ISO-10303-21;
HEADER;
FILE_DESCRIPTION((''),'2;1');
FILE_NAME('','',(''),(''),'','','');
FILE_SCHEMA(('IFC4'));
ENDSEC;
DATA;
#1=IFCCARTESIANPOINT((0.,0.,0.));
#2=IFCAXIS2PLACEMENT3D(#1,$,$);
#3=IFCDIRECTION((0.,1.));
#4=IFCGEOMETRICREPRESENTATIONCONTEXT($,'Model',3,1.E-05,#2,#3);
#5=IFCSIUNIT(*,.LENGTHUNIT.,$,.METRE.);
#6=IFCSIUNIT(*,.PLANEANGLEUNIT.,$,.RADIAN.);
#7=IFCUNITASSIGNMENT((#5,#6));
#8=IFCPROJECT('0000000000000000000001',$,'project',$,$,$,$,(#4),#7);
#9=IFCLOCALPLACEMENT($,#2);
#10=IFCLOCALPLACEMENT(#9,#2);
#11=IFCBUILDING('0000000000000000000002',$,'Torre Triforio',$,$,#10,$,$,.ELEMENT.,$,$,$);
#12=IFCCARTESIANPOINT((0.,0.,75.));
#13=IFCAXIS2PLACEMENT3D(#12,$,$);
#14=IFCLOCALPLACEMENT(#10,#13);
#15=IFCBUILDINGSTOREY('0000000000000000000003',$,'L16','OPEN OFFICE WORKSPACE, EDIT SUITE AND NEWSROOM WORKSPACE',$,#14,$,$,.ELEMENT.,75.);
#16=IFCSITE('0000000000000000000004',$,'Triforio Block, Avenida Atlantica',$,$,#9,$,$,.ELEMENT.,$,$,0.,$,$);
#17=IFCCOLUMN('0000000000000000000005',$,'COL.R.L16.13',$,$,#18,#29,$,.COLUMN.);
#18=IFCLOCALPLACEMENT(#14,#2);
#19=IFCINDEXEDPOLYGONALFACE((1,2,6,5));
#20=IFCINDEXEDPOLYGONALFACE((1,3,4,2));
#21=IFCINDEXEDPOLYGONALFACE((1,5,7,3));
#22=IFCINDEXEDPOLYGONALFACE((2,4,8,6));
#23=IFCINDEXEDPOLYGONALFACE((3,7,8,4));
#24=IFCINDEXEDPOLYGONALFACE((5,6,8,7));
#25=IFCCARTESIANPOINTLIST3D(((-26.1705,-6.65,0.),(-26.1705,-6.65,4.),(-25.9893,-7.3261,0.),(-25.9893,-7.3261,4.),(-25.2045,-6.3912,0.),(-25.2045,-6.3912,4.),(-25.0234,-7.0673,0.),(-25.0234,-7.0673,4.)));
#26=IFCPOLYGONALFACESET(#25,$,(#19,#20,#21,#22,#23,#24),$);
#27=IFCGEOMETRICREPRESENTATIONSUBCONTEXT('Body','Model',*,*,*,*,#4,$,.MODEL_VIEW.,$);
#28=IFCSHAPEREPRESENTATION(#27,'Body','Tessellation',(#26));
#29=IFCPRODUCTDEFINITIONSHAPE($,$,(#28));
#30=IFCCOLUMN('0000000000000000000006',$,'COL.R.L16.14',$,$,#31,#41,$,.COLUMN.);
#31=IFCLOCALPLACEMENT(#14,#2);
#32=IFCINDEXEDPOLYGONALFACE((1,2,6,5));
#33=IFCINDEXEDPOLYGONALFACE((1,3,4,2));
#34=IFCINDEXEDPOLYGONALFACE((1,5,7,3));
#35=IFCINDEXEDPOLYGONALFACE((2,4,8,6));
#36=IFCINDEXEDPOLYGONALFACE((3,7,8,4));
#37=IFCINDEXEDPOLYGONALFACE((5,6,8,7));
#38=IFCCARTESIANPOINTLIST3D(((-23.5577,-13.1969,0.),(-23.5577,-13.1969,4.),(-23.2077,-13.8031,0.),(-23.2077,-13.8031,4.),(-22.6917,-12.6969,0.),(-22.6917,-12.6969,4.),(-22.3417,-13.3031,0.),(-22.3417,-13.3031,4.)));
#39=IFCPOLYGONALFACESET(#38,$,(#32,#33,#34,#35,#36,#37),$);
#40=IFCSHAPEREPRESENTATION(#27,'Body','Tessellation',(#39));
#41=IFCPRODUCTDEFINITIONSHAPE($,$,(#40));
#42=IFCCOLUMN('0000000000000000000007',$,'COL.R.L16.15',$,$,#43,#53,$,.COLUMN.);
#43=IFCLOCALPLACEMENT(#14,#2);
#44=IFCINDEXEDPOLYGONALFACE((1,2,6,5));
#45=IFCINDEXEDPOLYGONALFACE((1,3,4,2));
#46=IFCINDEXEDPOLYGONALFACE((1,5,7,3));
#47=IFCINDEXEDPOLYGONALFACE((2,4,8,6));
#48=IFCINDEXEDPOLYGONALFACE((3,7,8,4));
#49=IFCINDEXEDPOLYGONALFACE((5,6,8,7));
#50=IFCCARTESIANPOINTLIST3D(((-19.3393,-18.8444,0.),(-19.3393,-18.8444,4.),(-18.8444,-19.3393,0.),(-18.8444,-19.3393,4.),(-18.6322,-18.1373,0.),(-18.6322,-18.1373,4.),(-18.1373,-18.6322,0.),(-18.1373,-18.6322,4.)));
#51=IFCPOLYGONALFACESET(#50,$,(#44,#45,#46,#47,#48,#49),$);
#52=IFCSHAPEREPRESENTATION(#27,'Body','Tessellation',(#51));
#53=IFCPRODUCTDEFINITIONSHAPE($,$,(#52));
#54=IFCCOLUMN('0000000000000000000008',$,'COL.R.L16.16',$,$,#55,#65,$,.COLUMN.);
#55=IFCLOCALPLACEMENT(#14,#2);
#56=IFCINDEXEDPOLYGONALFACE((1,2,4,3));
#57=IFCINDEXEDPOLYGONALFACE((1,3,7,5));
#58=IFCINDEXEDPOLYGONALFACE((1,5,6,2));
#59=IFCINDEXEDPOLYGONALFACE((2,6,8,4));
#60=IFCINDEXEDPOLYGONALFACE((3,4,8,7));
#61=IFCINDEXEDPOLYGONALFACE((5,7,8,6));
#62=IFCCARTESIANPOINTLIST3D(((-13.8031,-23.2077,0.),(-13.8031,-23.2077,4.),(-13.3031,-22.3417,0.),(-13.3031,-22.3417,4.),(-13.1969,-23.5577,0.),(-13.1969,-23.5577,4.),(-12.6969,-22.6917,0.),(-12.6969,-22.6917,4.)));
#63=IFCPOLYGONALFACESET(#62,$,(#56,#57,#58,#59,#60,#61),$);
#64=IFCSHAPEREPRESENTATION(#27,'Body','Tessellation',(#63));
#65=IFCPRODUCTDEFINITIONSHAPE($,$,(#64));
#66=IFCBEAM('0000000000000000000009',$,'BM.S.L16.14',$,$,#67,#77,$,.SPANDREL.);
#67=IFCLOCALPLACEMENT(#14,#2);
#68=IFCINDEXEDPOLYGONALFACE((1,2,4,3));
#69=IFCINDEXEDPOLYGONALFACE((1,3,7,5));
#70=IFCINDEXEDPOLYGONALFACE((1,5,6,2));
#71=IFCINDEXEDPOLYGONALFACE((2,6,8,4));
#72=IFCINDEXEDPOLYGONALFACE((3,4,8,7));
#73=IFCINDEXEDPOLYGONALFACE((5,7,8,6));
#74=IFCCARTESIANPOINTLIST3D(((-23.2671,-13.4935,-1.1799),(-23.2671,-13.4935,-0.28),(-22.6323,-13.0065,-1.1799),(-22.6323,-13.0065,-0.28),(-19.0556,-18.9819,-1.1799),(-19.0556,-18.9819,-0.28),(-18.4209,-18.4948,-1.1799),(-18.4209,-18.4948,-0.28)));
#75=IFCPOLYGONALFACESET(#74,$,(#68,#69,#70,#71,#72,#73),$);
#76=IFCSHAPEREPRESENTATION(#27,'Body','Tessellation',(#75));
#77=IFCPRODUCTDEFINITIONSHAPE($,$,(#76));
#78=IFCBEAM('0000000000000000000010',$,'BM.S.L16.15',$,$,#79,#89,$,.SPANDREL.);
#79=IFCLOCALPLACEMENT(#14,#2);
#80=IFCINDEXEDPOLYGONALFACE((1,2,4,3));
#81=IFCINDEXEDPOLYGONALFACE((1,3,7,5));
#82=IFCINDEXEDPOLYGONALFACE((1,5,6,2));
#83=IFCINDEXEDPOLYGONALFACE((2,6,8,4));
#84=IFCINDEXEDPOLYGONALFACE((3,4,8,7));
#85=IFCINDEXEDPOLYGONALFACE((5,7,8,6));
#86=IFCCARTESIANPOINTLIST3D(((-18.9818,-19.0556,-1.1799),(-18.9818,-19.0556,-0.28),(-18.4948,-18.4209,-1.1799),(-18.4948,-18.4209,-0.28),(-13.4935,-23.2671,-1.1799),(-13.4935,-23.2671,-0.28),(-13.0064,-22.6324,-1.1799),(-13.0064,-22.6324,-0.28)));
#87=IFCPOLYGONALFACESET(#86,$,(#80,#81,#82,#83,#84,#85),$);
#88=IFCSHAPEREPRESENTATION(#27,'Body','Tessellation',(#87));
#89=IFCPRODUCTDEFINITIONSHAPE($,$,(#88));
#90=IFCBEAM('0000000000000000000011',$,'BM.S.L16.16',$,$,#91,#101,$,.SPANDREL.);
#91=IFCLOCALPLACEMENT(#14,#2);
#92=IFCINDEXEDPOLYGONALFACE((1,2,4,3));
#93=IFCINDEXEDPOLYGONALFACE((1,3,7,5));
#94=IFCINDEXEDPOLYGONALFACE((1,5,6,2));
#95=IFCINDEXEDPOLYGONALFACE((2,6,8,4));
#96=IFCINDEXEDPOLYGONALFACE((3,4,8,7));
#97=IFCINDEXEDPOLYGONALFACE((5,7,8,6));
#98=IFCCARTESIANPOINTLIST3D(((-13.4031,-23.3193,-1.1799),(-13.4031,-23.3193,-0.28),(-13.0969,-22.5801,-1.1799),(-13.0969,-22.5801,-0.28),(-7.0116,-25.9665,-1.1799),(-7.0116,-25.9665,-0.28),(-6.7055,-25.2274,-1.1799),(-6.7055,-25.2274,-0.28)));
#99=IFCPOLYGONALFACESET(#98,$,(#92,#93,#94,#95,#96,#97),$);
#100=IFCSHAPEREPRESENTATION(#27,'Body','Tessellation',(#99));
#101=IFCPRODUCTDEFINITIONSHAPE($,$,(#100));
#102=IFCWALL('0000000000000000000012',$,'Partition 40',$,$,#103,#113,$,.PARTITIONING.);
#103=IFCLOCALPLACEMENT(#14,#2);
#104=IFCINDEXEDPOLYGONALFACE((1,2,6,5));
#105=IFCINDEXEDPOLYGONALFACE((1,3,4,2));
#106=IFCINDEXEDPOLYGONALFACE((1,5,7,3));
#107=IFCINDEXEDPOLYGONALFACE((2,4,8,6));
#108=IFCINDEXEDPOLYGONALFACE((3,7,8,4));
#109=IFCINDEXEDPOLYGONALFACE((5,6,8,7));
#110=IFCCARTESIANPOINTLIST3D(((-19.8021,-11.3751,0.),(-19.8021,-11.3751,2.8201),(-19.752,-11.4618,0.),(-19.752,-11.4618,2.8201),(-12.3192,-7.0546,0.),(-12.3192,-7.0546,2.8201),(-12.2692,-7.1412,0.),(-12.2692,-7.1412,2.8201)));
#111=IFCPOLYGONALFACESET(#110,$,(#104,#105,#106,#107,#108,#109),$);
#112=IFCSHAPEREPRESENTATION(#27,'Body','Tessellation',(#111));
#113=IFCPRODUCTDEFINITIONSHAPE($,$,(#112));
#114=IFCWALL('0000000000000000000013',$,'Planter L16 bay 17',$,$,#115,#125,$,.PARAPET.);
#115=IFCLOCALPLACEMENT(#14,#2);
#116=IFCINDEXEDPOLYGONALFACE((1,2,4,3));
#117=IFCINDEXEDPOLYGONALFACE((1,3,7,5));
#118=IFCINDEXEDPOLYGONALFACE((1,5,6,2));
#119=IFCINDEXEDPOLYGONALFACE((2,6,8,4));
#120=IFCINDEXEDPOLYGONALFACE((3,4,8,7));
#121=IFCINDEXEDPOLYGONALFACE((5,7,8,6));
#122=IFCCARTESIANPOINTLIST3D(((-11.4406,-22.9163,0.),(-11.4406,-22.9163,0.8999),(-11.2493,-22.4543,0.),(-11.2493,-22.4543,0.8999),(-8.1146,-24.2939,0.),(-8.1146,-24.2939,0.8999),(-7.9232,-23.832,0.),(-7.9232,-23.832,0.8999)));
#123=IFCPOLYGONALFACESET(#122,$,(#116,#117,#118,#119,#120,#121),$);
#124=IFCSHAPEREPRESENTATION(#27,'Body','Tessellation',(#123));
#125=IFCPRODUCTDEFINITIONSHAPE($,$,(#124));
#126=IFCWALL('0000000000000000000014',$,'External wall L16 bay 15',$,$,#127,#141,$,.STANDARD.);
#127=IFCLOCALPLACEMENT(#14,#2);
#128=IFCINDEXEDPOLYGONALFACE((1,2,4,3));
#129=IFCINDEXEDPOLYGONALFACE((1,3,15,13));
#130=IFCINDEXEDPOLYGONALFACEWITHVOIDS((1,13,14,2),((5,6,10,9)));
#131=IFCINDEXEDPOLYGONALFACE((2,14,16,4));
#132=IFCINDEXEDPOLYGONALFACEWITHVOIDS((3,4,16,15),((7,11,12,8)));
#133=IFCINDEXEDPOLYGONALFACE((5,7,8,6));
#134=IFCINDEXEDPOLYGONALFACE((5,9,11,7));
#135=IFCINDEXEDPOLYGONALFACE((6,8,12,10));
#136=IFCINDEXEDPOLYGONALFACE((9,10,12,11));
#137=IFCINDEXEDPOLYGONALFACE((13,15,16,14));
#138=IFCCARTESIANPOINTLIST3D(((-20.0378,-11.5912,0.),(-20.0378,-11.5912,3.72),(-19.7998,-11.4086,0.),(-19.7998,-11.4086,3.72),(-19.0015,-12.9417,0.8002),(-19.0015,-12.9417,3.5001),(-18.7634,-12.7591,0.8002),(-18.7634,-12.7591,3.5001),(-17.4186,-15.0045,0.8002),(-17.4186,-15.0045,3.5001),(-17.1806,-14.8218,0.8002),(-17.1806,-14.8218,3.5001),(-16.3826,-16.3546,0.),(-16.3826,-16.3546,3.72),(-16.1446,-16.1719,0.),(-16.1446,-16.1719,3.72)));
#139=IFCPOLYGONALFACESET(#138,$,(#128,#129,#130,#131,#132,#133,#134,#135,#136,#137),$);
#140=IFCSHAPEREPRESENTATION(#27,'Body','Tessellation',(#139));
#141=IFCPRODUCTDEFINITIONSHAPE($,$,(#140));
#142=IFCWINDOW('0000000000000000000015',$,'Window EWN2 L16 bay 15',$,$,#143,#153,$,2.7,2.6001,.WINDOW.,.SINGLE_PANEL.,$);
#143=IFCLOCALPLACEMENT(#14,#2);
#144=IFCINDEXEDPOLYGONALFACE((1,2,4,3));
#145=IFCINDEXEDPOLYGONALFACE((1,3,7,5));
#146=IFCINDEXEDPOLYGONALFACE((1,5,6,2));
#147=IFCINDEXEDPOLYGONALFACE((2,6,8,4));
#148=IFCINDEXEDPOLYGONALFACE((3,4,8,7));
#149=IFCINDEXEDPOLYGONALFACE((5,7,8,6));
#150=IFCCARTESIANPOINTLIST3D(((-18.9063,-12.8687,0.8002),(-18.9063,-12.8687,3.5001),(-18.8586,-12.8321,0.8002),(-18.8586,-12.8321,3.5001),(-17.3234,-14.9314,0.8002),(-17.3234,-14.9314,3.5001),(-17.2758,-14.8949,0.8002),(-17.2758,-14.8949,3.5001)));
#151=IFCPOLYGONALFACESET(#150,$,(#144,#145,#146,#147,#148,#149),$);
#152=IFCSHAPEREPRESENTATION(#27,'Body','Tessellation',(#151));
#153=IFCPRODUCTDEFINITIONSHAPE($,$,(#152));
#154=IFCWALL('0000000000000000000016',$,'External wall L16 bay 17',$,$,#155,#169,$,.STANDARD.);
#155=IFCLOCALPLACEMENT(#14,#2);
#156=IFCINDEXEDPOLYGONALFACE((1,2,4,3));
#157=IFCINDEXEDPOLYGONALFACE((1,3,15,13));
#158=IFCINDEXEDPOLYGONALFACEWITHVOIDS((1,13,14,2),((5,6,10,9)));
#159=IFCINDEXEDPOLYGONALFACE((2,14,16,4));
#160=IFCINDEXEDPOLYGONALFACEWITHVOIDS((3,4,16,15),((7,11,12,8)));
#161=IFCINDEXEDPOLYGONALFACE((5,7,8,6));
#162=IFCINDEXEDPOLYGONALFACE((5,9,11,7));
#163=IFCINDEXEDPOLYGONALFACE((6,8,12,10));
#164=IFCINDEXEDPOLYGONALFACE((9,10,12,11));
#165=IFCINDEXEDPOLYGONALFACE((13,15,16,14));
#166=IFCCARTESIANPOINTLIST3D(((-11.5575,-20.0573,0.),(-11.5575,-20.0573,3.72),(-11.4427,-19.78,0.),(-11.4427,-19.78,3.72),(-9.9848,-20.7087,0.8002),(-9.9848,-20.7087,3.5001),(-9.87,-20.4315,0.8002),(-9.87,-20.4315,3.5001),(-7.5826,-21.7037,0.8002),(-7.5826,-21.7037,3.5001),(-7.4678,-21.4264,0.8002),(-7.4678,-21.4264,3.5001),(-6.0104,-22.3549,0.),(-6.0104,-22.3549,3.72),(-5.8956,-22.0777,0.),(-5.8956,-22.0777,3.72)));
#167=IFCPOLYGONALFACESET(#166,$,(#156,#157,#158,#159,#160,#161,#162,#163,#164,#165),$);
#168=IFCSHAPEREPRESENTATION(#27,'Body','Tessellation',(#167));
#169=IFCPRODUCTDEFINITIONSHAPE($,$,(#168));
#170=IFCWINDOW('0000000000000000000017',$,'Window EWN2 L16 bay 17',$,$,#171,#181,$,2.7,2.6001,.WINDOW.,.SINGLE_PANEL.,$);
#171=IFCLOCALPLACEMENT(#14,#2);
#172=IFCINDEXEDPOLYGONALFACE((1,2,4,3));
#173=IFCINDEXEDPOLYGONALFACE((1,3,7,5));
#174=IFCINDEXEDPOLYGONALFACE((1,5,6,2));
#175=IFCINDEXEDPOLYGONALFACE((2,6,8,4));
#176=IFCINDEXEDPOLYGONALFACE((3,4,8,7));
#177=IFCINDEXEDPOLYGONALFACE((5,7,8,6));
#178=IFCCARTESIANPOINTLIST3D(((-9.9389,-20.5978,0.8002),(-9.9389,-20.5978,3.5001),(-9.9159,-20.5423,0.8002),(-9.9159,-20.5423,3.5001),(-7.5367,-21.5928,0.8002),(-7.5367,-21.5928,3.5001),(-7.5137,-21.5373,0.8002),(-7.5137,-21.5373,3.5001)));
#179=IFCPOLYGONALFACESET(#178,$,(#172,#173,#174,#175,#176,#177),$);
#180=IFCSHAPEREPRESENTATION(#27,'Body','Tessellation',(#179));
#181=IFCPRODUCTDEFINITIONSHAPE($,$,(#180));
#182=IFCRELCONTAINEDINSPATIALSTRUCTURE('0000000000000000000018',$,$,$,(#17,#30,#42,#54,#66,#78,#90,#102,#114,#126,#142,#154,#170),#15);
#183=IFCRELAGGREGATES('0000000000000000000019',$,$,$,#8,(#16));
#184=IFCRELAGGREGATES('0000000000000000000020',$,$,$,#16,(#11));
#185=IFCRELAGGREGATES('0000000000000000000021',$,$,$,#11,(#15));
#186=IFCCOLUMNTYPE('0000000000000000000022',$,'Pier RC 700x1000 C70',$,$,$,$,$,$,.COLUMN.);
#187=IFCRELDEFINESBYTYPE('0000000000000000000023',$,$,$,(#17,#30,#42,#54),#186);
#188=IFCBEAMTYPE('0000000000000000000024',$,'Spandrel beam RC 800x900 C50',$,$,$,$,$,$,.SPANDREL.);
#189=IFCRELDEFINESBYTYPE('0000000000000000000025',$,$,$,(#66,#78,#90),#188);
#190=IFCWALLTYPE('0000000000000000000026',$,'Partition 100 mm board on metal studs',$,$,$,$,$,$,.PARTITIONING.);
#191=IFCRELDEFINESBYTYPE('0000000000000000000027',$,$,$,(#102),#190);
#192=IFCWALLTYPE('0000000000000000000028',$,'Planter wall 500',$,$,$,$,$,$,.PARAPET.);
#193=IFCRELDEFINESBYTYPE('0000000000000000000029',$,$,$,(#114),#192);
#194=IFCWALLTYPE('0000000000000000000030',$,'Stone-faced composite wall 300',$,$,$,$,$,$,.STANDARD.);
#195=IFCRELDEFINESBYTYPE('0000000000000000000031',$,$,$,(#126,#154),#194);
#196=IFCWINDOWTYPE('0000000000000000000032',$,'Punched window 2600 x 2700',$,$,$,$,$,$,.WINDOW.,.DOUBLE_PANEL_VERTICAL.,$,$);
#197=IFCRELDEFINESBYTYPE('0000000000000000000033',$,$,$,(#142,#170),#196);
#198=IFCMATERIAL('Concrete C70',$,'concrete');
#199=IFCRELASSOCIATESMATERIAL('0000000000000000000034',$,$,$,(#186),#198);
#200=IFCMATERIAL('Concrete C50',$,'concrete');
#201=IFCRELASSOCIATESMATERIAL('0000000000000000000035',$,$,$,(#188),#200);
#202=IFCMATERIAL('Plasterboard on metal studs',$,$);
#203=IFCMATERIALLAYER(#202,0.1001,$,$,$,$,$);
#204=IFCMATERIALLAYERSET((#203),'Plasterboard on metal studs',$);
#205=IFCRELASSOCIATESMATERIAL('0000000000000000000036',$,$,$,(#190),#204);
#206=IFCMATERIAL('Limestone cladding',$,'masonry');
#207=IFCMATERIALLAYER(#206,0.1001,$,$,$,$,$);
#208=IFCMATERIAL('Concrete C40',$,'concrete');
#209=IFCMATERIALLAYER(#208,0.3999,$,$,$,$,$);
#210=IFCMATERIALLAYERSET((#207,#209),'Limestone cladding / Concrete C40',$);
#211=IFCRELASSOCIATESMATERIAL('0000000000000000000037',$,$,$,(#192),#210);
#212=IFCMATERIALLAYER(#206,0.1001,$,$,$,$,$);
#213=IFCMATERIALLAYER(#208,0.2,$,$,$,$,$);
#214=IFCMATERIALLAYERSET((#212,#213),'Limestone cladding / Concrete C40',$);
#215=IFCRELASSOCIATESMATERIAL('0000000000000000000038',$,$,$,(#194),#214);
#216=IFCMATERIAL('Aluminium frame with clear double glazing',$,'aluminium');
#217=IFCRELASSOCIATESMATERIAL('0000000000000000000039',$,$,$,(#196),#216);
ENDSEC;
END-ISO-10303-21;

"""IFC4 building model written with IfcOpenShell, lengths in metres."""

from ifc_helpers import new_model, si_unit, direction, frame, frame_2d, origin, origin_2d, place, context, subcontext, project, spatial, rectangle, extrude, material, layer, layer_set, material_profile, profile_set, type_object, element, fill, save


model = new_model("IFC4")

# Units and contexts
model_context = context("Model", 3, precision=1e-05, world=origin(), true_north=direction((0.0, 1.0)))
body_context = subcontext(model_context, "Body", "Model", "MODEL_VIEW")
ifc_project = project(units=[si_unit("LENGTHUNIT", "METRE"), si_unit("PLANEANGLEUNIT", "RADIAN")], contexts=[model_context])

# Site, building, storey
site_placement = place(None, origin())
site = spatial("IfcSite", under=ifc_project, at=site_placement, Name="Triforio Block, Avenida Atlantica", CompositionType="ELEMENT", RefElevation=0.0)
building_placement = place(site_placement, origin())
building = spatial("IfcBuilding", under=site, at=building_placement, Name="Torre Triforio", CompositionType="ELEMENT")
storey_placement = place(building_placement, frame((0.0, 0.0, 75.0)))
storey = spatial("IfcBuildingStorey", under=building, at=storey_placement, Name="L16", Description="OPEN OFFICE WORKSPACE, EDIT SUITE AND NEWSROOM WORKSPACE", CompositionType="ELEMENT", Elevation=75.0)

# Columns
ifc_material_1 = material(Name="Concrete C70", Category="concrete")
ifc_material_profile_1 = material_profile(ifc_material_1, rectangle(XDim=0.7, YDim=1.0, at=origin_2d()), Name="RC 700x1000")
ifc_profile_set_1 = profile_set([ifc_material_profile_1], Name="Concrete C70")
column_type = type_object("IfcColumnType", Name="Pier RC 700x1000 C70", PredefinedType="COLUMN", material=ifc_profile_set_1)
for number, where, z_axis, x_axis, name in (
    (1, (-25.5969, -6.8586, 0.0), (0.0, 0.0, 1.0), (0.258819, -0.965926, 0.0), "COL.R.L16.13"),
    (2, (-22.9497, -13.25, 0.0), (0.0, 0.0, 1.0), (0.5, -0.866025, 0.0), "COL.R.L16.14"),
    (3, (-18.7383, -18.7383, 0.0), (0.0, 0.0, 1.0), (0.707107, -0.707107, 0.0), "COL.R.L16.15"),
    (4, (-13.25, -22.9497, 0.0), (0.0, 0.0, 1.0), (0.866025, -0.5, 0.0), "COL.R.L16.16"),
):
    element("IfcColumn", number, at=place(storey_placement, frame(where, z_axis=z_axis, x_axis=x_axis)), inside=storey, type_object=column_type, Name=name, PredefinedType="COLUMN", context=body_context, shape_type="SweptSolid", body=[
        extrude(rectangle(XDim=0.7, YDim=1.0, at=origin_2d()), origin(), (0.0, 0.0, 1.0), 4.0),
    ])

# Beams
ifc_material_2 = material(Name="Concrete C50", Category="concrete")
ifc_material_profile_2 = material_profile(ifc_material_2, rectangle(XDim=0.8, YDim=0.8999, at=origin_2d()), Name="RC 800x900")
ifc_profile_set_2 = profile_set([ifc_material_profile_2], Name="Concrete C50")
beam_type = type_object("IfcBeamType", Name="Spandrel beam RC 800x900 C50", PredefinedType="SPANDREL", material=ifc_profile_set_2)
for number, where, z_axis, x_axis, name in (
    (5, (-22.9497, -13.25, -0.73), (0.608772, -0.793345, 0.0), (0.793345, 0.608772, 0.0), "BM.S.L16.14"),
    (6, (-18.7383, -18.7383, -0.73), (0.793345, -0.608772, 0.0), (0.608772, 0.793345, 0.0), "BM.S.L16.15"),
    (7, (-13.25, -22.9497, -0.73), (0.923888, -0.382662, 0.0), (0.382662, 0.923888, 0.0), "BM.S.L16.16"),
):
    element("IfcBeam", number, at=place(storey_placement, frame(where, z_axis=z_axis, x_axis=x_axis)), inside=storey, type_object=beam_type, Name=name, PredefinedType="SPANDREL", context=body_context, shape_type="SweptSolid", body=[
        extrude(rectangle(XDim=0.8, YDim=0.8999, at=origin_2d()), origin(), (0.0, 0.0, 1.0), 6.918),
    ])

# Walls
ifc_material_3 = material(Name="Plasterboard on metal studs")
ifc_layer_1 = layer(ifc_material_3, 0.1001)
ifc_layer_set_1 = layer_set([ifc_layer_1], Name="Plasterboard on metal studs")
wall_type_1 = type_object("IfcWallType", Name="Partition 100 mm board on metal studs", PredefinedType="PARTITIONING", material=ifc_layer_set_1)
wall_1_placement = place(storey_placement, frame((-12.2942, -7.0979, 0.0), z_axis=(0.0, 0.0, 1.0), x_axis=(-0.866011, -0.500026, 0.0)))
element("IfcWall", 8, at=wall_1_placement, inside=storey, type_object=wall_type_1, Name="Partition 40", PredefinedType="PARTITIONING", context=body_context, shape_type="SweptSolid", body=[
    extrude(rectangle(XDim=8.6406, YDim=0.1001, at=frame_2d((4.3203, 0.0))), origin(), (0.0, 0.0, 1.0), 2.8201),
])
ifc_material_4 = material(Name="Limestone cladding", Category="masonry")
ifc_layer_2 = layer(ifc_material_4, 0.1001)
ifc_material_5 = material(Name="Concrete C40", Category="concrete")
ifc_layer_3 = layer(ifc_material_5, 0.3999)
ifc_layer_set_2 = layer_set([ifc_layer_2, ifc_layer_3], Name="Limestone cladding / Concrete C40")
wall_type_2 = type_object("IfcWallType", Name="Planter wall 500", PredefinedType="PARAPET", material=ifc_layer_set_2)
wall_2_placement = place(storey_placement, frame((-11.345, -22.6853, 0.0), z_axis=(0.0, 0.0, 1.0), x_axis=(0.923885, -0.382669, 0.0)))
element("IfcWall", 9, at=wall_2_placement, inside=storey, type_object=wall_type_2, Name="Planter L16 bay 17", PredefinedType="PARAPET", context=body_context, shape_type="SweptSolid", body=[
    extrude(rectangle(XDim=3.6001, YDim=0.5, at=frame_2d((1.8, 0.0))), origin(), (0.0, 0.0, 1.0), 0.8999),
])

# Wall, opening, window
ifc_layer_4 = layer(ifc_material_4, 0.1001)
ifc_layer_5 = layer(ifc_material_5, 0.2)
ifc_layer_set_3 = layer_set([ifc_layer_4, ifc_layer_5], Name="Limestone cladding / Concrete C40")
wall_type_3 = type_object("IfcWallType", Name="Stone-faced composite wall 300", PredefinedType="STANDARD", material=ifc_layer_set_3)
wall_3_placement = place(storey_placement, frame((-19.9187, -11.5, 0.0), z_axis=(0.0, 0.0, 1.0), x_axis=(0.608779, -0.79334, 0.0)))
wall_3 = element("IfcWall", 10, at=wall_3_placement, inside=storey, type_object=wall_type_3, Name="External wall L16 bay 15", PredefinedType="STANDARD", context=body_context, shape_type="SweptSolid", body=[
    extrude(rectangle(XDim=6.0042, YDim=0.3, at=frame_2d((3.002, 0.0))), origin(), (0.0, 0.0, 1.0), 3.72),
])
opening_1_placement = place(wall_3_placement, frame((1.7021, 0.0, 0.8)))
opening_1 = element("IfcOpeningElement", 11, at=opening_1_placement, cuts=wall_3, PredefinedType="OPENING", context=body_context, shape_type="SweptSolid", body=[
    extrude(rectangle(XDim=2.6001, YDim=2.7, at=frame_2d((1.3, 1.3501))), frame((0.0, 0.1599, 0.0), z_axis=(0.0, -1.0, 0.0), x_axis=(1.0, 0.0, 0.0)), (0.0, 0.0, 1.0), 0.3201),
])
ifc_material_6 = material(Name="Aluminium frame with clear double glazing", Category="aluminium")
window_type_1 = type_object("IfcWindowType", Name="Punched window 2600 x 2700", PartitioningType="DOUBLE_PANEL_VERTICAL", PredefinedType="WINDOW", material=ifc_material_6)
window_1_placement = place(opening_1_placement, origin())
window_1 = element("IfcWindow", 12, at=window_1_placement, inside=storey, type_object=window_type_1, Name="Window EWN2 L16 bay 15", OverallHeight=2.7, OverallWidth=2.6001, PartitioningType="SINGLE_PANEL", PredefinedType="WINDOW", context=body_context, shape_type="SweptSolid", body=[
    extrude(rectangle(XDim=2.6001, YDim=2.7, at=frame_2d((1.3, 1.3501))), frame((0.0, 0.03, 0.0), z_axis=(0.0, -1.0, 0.0), x_axis=(1.0, 0.0, 0.0)), (0.0, 0.0, 1.0), 0.0601),
])
fill(opening_1, window_1)

# Wall, opening, window
wall_4_placement = place(storey_placement, frame((-11.5, -19.9187, 0.0), z_axis=(0.0, 0.0, 1.0), x_axis=(0.923885, -0.382671, 0.0)))
wall_4 = element("IfcWall", 13, at=wall_4_placement, inside=storey, type_object=wall_type_3, Name="External wall L16 bay 17", PredefinedType="STANDARD", context=body_context, shape_type="SweptSolid", body=[
    extrude(rectangle(XDim=6.0042, YDim=0.3, at=frame_2d((3.002, 0.0))), origin(), (0.0, 0.0, 1.0), 3.72),
])
opening_2_placement = place(wall_4_placement, frame((1.7021, 0.0, 0.8)))
opening_2 = element("IfcOpeningElement", 14, at=opening_2_placement, cuts=wall_4, PredefinedType="OPENING", context=body_context, shape_type="SweptSolid", body=[
    extrude(rectangle(XDim=2.6001, YDim=2.7, at=frame_2d((1.3, 1.3501))), frame((0.0, 0.1599, 0.0), z_axis=(0.0, -1.0, 0.0), x_axis=(1.0, 0.0, 0.0)), (0.0, 0.0, 1.0), 0.3201),
])
window_2_placement = place(opening_2_placement, origin())
window_2 = element("IfcWindow", 15, at=window_2_placement, inside=storey, type_object=window_type_1, Name="Window EWN2 L16 bay 17", OverallHeight=2.7, OverallWidth=2.6001, PartitioningType="SINGLE_PANEL", PredefinedType="WINDOW", context=body_context, shape_type="SweptSolid", body=[
    extrude(rectangle(XDim=2.6001, YDim=2.7, at=frame_2d((1.3, 1.3501))), frame((0.0, 0.03, 0.0), z_axis=(0.0, -1.0, 0.0), x_axis=(1.0, 0.0, 0.0)), (0.0, 0.0, 1.0), 0.0601),
])
fill(opening_2, window_2)

save(model, "model.ifc")
